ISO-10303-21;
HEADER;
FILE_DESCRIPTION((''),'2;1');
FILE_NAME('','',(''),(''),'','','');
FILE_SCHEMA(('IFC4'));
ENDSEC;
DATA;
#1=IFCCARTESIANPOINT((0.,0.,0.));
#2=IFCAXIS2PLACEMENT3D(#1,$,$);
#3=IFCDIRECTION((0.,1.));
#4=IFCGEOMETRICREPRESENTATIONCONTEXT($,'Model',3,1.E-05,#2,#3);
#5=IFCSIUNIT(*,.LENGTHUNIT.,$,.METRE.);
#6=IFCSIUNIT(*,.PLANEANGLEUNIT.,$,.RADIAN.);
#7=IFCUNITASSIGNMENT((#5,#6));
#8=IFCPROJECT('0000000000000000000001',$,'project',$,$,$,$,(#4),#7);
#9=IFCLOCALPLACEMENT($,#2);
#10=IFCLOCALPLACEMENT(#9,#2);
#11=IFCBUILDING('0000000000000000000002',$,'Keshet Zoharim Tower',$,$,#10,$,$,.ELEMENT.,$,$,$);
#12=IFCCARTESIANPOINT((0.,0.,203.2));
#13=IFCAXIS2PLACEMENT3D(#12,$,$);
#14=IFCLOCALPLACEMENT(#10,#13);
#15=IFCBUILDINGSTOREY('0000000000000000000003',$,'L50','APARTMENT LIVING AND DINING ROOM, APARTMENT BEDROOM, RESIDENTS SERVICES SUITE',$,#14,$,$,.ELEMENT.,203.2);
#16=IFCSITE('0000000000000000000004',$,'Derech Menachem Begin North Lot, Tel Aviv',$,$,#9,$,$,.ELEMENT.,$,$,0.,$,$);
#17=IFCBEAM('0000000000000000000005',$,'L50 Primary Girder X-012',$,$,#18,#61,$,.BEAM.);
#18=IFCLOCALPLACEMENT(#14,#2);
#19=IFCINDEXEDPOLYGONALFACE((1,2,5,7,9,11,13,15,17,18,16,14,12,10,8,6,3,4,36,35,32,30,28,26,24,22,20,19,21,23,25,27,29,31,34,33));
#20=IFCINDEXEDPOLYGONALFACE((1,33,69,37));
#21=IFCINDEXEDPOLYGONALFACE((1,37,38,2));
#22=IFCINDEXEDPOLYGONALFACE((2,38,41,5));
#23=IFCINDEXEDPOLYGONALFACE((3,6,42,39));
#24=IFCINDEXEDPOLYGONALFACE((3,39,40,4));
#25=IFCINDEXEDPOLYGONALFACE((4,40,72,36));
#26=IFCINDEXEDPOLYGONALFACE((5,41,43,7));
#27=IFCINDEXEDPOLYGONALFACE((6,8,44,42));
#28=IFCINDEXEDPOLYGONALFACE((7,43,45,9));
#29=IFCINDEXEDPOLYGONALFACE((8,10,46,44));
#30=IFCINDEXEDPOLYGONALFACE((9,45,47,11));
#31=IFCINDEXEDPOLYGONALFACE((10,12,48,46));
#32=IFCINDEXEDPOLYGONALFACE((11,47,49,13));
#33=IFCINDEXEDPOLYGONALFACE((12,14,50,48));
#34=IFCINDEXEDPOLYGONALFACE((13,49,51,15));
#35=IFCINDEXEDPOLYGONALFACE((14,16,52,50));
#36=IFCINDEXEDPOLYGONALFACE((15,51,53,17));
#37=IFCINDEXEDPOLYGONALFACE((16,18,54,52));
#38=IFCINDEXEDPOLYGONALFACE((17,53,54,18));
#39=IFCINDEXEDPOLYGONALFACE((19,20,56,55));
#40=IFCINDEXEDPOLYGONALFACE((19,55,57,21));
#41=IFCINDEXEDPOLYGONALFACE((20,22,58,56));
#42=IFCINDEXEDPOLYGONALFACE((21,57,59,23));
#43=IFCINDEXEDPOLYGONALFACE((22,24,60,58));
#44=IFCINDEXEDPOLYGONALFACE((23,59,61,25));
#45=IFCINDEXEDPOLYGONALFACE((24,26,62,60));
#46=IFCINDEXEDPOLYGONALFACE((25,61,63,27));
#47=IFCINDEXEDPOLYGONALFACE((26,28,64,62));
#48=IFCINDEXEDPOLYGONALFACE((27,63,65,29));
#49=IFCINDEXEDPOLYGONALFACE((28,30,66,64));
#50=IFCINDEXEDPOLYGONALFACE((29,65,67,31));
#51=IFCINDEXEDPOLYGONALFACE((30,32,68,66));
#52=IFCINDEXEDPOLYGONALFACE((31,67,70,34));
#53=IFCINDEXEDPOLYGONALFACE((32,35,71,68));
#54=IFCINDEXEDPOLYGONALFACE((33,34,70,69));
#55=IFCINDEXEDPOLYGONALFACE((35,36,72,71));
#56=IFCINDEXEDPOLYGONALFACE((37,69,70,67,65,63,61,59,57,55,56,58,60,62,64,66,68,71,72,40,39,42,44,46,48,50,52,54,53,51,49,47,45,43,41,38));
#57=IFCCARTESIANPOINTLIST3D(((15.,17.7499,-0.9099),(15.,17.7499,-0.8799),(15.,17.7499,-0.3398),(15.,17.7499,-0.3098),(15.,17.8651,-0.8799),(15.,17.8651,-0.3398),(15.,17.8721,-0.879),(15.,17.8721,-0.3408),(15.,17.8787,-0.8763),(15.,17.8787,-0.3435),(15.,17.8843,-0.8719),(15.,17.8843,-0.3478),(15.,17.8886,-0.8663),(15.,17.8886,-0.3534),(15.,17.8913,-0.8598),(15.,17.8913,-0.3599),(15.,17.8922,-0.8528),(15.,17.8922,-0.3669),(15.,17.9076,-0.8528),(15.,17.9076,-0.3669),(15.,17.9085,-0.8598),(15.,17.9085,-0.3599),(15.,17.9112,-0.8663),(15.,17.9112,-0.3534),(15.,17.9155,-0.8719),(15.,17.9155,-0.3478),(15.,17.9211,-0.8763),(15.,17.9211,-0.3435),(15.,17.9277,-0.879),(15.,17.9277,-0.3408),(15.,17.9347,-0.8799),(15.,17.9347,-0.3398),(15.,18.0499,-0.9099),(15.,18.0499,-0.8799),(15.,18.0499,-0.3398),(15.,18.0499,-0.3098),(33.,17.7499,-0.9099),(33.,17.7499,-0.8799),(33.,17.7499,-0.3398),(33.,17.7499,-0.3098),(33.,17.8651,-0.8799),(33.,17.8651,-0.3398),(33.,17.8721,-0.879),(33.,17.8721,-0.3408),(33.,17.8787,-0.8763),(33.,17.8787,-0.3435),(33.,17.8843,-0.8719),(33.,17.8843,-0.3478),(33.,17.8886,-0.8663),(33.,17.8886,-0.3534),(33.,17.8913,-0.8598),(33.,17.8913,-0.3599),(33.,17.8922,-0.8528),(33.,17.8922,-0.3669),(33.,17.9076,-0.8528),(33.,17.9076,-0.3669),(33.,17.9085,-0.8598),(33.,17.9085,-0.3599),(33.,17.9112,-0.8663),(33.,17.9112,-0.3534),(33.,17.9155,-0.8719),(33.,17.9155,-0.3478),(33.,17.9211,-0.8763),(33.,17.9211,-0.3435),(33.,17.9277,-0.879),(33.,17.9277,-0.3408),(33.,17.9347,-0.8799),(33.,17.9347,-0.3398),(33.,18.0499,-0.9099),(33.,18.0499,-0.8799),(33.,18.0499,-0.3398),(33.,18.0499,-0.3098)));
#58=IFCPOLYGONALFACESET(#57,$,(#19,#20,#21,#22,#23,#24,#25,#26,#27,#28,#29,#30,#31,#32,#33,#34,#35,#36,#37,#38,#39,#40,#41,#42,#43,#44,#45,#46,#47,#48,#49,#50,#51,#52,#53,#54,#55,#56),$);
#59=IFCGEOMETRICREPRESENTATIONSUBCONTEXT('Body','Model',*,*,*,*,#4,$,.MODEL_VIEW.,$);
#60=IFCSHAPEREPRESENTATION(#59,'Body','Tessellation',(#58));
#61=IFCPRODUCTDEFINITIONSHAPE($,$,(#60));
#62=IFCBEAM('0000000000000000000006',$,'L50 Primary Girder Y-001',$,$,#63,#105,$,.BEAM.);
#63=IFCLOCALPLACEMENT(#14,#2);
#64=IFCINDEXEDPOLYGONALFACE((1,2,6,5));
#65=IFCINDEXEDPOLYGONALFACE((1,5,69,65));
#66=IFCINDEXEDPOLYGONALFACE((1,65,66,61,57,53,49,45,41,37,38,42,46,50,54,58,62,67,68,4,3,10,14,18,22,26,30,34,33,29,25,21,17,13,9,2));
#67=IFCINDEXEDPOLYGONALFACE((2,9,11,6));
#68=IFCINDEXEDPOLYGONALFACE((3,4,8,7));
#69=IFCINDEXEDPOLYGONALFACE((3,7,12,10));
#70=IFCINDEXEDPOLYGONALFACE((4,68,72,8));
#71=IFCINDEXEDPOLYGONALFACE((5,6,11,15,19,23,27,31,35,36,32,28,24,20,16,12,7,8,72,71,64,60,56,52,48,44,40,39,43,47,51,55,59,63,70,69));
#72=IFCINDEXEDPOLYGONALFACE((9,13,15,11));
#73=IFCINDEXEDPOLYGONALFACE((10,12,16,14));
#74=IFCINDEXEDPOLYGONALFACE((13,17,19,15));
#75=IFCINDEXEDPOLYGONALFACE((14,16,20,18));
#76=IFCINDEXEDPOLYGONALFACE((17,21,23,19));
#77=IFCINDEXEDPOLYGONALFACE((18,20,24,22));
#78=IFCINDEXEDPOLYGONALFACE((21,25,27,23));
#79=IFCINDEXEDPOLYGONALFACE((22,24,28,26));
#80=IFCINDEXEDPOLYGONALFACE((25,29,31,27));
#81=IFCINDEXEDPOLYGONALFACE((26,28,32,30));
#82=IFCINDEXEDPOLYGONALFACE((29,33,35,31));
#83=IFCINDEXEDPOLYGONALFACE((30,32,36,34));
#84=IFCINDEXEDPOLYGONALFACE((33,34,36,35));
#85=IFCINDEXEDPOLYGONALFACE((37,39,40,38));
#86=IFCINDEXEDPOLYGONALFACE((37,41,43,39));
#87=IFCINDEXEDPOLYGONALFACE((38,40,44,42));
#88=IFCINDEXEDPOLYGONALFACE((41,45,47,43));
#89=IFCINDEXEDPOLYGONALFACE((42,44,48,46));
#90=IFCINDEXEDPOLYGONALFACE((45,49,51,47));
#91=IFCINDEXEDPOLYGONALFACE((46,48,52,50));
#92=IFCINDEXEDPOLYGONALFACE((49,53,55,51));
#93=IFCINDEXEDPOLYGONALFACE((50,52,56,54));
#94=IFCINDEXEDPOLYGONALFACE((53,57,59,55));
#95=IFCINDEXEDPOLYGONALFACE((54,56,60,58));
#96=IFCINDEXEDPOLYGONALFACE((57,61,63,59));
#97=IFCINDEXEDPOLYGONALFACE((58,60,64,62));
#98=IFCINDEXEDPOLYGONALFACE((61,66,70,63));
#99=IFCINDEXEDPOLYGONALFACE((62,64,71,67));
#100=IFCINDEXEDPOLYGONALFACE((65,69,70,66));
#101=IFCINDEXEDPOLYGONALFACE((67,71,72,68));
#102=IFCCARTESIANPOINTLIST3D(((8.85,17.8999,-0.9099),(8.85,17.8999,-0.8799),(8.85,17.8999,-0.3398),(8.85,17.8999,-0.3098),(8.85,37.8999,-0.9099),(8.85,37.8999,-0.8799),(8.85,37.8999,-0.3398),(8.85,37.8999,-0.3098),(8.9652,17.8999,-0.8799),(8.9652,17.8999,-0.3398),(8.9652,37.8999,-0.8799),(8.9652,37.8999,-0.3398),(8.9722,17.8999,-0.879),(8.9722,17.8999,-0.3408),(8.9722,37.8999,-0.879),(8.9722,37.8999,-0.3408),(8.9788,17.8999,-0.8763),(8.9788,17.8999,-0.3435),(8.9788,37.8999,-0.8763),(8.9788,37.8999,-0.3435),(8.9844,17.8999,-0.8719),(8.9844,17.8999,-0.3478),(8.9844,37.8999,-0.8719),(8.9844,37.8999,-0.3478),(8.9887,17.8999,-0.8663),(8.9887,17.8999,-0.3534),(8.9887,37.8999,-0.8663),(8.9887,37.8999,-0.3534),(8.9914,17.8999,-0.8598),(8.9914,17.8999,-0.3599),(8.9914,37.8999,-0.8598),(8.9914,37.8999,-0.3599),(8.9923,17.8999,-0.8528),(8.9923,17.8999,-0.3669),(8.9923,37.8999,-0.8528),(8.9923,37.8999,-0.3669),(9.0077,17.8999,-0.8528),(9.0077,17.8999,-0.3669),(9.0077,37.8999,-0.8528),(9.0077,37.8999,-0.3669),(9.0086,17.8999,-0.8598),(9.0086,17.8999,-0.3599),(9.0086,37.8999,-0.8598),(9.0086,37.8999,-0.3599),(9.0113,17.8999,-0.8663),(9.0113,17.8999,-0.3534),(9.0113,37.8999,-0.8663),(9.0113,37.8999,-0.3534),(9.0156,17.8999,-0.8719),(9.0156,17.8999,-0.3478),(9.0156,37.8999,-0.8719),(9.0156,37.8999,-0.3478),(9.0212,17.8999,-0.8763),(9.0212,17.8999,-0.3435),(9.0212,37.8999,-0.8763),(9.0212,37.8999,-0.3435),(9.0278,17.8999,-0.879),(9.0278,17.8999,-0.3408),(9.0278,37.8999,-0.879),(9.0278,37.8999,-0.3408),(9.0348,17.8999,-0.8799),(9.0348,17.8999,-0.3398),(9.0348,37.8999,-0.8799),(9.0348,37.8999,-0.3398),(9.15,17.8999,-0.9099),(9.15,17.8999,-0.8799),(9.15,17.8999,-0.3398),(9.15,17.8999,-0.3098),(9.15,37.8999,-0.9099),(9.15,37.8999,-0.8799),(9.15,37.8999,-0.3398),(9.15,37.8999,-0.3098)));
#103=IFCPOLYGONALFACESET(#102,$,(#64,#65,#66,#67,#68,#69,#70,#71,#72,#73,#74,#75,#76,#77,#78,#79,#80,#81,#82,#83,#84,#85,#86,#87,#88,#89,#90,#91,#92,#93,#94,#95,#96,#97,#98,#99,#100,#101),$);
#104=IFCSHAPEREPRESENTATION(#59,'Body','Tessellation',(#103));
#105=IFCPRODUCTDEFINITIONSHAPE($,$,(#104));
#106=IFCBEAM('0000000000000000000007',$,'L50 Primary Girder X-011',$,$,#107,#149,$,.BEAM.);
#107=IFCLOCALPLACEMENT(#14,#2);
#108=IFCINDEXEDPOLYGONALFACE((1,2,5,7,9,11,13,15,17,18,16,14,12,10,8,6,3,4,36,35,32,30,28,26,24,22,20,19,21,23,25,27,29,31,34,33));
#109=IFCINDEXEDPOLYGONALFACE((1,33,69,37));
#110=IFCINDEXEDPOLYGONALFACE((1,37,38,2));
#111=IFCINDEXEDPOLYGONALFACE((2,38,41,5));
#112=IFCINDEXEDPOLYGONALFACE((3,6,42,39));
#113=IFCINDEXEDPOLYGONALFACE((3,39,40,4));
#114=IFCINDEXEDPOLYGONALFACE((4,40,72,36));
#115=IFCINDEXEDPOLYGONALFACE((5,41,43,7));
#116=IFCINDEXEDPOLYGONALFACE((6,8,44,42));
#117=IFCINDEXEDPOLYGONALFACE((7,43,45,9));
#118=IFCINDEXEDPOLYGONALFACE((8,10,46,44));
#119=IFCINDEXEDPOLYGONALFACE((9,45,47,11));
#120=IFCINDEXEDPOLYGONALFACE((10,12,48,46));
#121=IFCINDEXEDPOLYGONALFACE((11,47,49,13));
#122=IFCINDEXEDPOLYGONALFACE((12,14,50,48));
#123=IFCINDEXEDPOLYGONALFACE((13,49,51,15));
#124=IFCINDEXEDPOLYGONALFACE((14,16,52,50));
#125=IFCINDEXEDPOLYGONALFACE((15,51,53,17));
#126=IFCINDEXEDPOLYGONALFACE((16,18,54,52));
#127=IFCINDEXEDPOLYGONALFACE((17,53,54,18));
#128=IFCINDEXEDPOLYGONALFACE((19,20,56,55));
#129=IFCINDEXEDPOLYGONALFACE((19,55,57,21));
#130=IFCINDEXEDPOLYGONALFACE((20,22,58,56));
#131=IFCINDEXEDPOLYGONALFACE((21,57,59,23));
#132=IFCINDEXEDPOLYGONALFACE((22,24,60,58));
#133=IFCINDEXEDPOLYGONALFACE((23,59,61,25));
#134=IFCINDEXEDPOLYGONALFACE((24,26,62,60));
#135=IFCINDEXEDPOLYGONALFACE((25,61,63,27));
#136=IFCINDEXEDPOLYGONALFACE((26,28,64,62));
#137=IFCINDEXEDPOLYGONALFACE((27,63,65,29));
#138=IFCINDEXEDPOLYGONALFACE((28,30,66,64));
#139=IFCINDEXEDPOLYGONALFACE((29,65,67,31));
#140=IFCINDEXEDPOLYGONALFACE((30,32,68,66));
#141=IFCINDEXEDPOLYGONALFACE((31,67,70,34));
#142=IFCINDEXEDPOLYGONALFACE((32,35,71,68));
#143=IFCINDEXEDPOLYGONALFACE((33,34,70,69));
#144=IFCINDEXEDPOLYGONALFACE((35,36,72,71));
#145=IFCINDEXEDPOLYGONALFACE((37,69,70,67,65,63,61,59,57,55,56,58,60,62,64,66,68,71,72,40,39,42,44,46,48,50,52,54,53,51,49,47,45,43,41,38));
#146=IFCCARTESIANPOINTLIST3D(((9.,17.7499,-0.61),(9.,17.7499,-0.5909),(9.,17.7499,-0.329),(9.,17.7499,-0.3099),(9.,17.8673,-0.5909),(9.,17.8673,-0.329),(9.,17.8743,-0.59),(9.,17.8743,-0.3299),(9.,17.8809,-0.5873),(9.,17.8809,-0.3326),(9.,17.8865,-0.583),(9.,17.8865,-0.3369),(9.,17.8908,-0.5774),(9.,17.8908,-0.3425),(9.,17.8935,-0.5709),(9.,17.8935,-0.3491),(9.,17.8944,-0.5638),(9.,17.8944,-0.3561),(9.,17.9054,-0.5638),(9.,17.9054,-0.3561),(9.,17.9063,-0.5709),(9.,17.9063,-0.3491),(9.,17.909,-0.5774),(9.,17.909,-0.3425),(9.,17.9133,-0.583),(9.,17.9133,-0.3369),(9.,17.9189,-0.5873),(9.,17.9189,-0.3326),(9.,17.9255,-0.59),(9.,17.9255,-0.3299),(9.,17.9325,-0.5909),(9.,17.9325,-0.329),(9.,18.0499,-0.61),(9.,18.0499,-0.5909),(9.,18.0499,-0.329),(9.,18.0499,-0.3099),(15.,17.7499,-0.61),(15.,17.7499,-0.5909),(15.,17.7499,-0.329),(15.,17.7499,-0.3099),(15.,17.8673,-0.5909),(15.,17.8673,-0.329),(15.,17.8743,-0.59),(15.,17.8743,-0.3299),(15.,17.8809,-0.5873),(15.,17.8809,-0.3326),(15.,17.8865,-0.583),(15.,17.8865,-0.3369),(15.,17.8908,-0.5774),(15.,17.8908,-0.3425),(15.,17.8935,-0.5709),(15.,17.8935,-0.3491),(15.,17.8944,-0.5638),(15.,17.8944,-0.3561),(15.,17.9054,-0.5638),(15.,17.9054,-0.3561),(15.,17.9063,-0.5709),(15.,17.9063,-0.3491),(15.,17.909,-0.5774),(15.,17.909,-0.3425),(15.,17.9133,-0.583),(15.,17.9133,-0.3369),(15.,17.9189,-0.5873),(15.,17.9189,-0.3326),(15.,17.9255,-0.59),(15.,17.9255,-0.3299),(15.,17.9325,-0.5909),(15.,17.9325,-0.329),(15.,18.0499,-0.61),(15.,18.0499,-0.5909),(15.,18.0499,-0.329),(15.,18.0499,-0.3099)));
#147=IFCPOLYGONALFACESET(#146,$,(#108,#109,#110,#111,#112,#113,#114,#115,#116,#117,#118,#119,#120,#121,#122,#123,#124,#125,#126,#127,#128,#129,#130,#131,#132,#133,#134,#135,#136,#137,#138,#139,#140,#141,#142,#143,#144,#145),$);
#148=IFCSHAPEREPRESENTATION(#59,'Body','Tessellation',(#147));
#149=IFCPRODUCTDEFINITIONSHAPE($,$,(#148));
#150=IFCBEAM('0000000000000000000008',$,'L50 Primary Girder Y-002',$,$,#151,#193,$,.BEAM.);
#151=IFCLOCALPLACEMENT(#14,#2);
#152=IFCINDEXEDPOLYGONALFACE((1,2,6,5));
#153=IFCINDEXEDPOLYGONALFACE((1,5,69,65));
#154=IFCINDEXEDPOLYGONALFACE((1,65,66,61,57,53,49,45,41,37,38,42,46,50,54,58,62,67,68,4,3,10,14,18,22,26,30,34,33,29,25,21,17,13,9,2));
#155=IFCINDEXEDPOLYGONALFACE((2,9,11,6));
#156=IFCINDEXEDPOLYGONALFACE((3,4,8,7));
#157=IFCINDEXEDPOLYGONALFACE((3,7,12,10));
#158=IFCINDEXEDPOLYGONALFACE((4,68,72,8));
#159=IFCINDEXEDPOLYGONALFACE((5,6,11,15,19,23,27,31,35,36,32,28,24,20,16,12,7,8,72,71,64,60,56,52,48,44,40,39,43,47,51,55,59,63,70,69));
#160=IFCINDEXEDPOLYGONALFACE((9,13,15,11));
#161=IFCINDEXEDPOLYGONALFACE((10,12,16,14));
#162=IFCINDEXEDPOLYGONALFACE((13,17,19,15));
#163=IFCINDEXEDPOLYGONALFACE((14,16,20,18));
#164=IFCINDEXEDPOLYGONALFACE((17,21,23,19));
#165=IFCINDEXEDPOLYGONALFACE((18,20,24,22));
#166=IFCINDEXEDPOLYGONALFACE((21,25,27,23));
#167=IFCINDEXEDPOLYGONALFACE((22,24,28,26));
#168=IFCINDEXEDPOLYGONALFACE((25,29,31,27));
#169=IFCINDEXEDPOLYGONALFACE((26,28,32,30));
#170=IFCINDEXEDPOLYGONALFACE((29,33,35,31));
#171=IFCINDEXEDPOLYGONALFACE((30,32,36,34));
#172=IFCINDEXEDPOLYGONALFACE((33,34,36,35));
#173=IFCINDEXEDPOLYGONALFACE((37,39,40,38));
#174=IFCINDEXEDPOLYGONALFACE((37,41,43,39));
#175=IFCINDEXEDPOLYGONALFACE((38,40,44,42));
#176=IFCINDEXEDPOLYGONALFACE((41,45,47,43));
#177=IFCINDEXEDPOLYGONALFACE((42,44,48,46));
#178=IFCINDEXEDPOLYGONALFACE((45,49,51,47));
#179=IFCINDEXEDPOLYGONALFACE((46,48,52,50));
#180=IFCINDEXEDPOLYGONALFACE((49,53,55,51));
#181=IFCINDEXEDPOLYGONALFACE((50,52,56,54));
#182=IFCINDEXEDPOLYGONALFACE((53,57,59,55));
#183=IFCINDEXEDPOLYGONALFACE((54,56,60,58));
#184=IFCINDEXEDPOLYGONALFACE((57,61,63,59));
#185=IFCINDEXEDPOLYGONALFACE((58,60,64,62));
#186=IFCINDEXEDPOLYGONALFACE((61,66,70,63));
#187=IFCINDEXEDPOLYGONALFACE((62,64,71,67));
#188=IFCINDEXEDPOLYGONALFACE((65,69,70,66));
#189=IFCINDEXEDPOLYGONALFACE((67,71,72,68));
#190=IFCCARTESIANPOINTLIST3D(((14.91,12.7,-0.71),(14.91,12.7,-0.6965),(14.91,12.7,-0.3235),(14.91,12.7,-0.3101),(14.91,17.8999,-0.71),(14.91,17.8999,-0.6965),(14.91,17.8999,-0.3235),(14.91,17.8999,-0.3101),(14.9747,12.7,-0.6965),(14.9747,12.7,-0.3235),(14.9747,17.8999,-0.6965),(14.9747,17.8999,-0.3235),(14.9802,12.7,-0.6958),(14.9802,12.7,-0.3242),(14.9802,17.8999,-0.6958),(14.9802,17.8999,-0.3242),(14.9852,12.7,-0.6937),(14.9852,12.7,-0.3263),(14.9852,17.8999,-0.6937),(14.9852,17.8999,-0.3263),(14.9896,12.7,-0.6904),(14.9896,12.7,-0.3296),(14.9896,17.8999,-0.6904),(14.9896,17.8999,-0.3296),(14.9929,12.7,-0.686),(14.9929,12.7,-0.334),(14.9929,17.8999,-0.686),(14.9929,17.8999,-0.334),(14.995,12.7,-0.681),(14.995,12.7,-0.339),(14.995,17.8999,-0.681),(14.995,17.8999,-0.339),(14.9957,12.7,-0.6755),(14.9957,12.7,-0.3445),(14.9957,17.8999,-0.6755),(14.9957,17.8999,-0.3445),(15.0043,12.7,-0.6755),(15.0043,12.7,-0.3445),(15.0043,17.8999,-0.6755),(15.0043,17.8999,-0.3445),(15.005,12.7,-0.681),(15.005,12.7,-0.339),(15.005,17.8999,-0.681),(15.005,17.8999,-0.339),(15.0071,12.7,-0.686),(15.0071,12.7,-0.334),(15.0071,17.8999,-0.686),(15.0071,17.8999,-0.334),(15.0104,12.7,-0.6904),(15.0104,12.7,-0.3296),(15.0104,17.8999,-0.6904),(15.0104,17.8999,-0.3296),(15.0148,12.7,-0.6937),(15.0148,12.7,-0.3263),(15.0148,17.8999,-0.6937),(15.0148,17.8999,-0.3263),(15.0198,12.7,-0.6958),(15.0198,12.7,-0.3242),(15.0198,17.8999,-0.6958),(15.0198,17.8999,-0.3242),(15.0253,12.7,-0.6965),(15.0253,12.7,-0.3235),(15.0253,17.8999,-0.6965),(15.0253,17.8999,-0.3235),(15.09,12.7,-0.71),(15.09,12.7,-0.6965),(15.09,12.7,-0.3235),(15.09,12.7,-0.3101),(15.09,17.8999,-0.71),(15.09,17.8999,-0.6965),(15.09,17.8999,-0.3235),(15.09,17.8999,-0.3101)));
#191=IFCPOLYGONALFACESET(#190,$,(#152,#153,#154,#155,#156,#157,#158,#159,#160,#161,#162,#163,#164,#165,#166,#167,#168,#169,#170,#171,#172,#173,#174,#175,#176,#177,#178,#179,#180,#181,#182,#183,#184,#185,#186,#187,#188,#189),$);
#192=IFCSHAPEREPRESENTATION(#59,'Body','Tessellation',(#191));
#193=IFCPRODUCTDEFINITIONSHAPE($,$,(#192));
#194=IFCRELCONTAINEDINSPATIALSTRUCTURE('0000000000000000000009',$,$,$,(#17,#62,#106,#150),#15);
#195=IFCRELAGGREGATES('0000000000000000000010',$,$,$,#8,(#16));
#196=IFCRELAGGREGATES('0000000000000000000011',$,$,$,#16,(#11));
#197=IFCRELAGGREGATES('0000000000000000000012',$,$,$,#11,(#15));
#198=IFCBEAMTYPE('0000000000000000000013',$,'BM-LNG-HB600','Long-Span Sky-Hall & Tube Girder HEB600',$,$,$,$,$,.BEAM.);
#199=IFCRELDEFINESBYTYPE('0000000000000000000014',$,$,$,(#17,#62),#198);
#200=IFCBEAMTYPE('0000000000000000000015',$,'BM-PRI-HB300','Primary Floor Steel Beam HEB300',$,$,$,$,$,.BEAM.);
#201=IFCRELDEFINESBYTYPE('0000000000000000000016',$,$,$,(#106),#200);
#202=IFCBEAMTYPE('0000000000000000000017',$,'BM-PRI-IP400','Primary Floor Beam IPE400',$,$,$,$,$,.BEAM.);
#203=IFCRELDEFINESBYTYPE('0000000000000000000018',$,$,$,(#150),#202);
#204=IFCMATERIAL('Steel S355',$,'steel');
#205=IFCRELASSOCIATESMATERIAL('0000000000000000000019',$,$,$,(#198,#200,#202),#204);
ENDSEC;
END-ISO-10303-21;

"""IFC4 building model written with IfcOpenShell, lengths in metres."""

from ifc_helpers import new_model, si_unit, direction, frame, origin, origin_2d, place, context, subcontext, project, spatial, i_section, extrude, material, material_profile, profile_set, type_object, element, save


model = new_model("IFC4")

# Units and contexts
model_context = context("Model", 3, precision=1e-05, world=origin(), true_north=direction((0.0, 1.0)))
body_context = subcontext(model_context, "Body", "Model", "MODEL_VIEW")
ifc_project = project(units=[si_unit("LENGTHUNIT", "METRE"), si_unit("PLANEANGLEUNIT", "RADIAN")], contexts=[model_context])

# Site, building, storey
site_placement = place(None, origin())
site = spatial("IfcSite", under=ifc_project, at=site_placement, Name="Derech Menachem Begin North Lot, Tel Aviv", CompositionType="ELEMENT", RefElevation=0.0)
building_placement = place(site_placement, origin())
building = spatial("IfcBuilding", under=site, at=building_placement, Name="Keshet Zoharim Tower", CompositionType="ELEMENT")
storey_placement = place(building_placement, frame((0.0, 0.0, 203.2)))
storey = spatial("IfcBuildingStorey", under=building, at=storey_placement, Name="L50", Description="APARTMENT LIVING AND DINING ROOM, APARTMENT BEDROOM, RESIDENTS SERVICES SUITE", CompositionType="ELEMENT", Elevation=203.2)

# Shared definitions
ifc_material_1 = material(Name="Steel S355", Category="steel")

# Beams
ifc_material_profile_1 = material_profile(ifc_material_1, i_section(OverallWidth=0.3, OverallDepth=0.6001, WebThickness=0.0154, FlangeThickness=0.03, FilletRadius=0.0271, at=origin_2d()), Name="HEB600")
ifc_profile_set_1 = profile_set([ifc_material_profile_1], Name="Steel S355")
beam_type_1 = type_object("IfcBeamType", Name="BM-LNG-HB600", Description="Long-Span Sky-Hall & Tube Girder HEB600", PredefinedType="BEAM", material=ifc_profile_set_1)
for number, where, z_axis, x_axis, name in (
    (1, (15.0, 17.8999, -0.6099), (1.0, 0.0, 0.0), (0.0, 1.0, 0.0), "L50 Primary Girder X-012"),
):
    element("IfcBeam", number, at=place(storey_placement, frame(where, z_axis=z_axis, x_axis=x_axis)), inside=storey, type_object=beam_type_1, Name=name, PredefinedType="BEAM", context=body_context, shape_type="SweptSolid", body=[
        extrude(i_section(OverallWidth=0.3, OverallDepth=0.6001, WebThickness=0.0154, FlangeThickness=0.03, FilletRadius=0.0271, at=origin_2d()), origin(), (0.0, 0.0, 1.0), 18.0),
    ])
beam_1_placement = place(storey_placement, frame((9.0, 17.8999, -0.6099), z_axis=(0.0, 1.0, 0.0), x_axis=(-1.0, 0.0, 0.0)))
element("IfcBeam", 2, at=beam_1_placement, inside=storey, type_object=beam_type_1, Name="L50 Primary Girder Y-001", PredefinedType="BEAM", context=body_context, shape_type="SweptSolid", body=[
    extrude(i_section(OverallWidth=0.3, OverallDepth=0.6001, WebThickness=0.0154, FlangeThickness=0.03, FilletRadius=0.0271, at=origin_2d()), origin(), (0.0, 0.0, 1.0), 20.0),
])
ifc_material_profile_2 = material_profile(ifc_material_1, i_section(OverallWidth=0.3, OverallDepth=0.3, WebThickness=0.011, FlangeThickness=0.019, FilletRadius=0.0271, at=origin_2d()), Name="HEB300")
ifc_profile_set_2 = profile_set([ifc_material_profile_2], Name="Steel S355")
beam_type_2 = type_object("IfcBeamType", Name="BM-PRI-HB300", Description="Primary Floor Steel Beam HEB300", PredefinedType="BEAM", material=ifc_profile_set_2)
beam_2_placement = place(storey_placement, frame((9.0, 17.8999, -0.46), z_axis=(1.0, 0.0, 0.0), x_axis=(0.0, 1.0, 0.0)))
element("IfcBeam", 3, at=beam_2_placement, inside=storey, type_object=beam_type_2, Name="L50 Primary Girder X-011", PredefinedType="BEAM", context=body_context, shape_type="SweptSolid", body=[
    extrude(i_section(OverallWidth=0.3, OverallDepth=0.3, WebThickness=0.011, FlangeThickness=0.019, FilletRadius=0.0271, at=origin_2d()), origin(), (0.0, 0.0, 1.0), 6.0),
])
ifc_material_profile_3 = material_profile(ifc_material_1, i_section(OverallWidth=0.1799, OverallDepth=0.3999, WebThickness=0.0085, FlangeThickness=0.0134, FilletRadius=0.021, at=origin_2d()), Name="IPE400")
ifc_profile_set_3 = profile_set([ifc_material_profile_3], Name="Steel S355")
beam_type_3 = type_object("IfcBeamType", Name="BM-PRI-IP400", Description="Primary Floor Beam IPE400", PredefinedType="BEAM", material=ifc_profile_set_3)
beam_3_placement = place(storey_placement, frame((15.0, 12.7, -0.51), z_axis=(0.0, 1.0, 0.0), x_axis=(-1.0, 0.0, 0.0)))
element("IfcBeam", 4, at=beam_3_placement, inside=storey, type_object=beam_type_3, Name="L50 Primary Girder Y-002", PredefinedType="BEAM", context=body_context, shape_type="SweptSolid", body=[
    extrude(i_section(OverallWidth=0.1799, OverallDepth=0.3999, WebThickness=0.0085, FlangeThickness=0.0134, FilletRadius=0.021, at=origin_2d()), origin(), (0.0, 0.0, 1.0), 5.2),
])

save(model, "model.ifc")
